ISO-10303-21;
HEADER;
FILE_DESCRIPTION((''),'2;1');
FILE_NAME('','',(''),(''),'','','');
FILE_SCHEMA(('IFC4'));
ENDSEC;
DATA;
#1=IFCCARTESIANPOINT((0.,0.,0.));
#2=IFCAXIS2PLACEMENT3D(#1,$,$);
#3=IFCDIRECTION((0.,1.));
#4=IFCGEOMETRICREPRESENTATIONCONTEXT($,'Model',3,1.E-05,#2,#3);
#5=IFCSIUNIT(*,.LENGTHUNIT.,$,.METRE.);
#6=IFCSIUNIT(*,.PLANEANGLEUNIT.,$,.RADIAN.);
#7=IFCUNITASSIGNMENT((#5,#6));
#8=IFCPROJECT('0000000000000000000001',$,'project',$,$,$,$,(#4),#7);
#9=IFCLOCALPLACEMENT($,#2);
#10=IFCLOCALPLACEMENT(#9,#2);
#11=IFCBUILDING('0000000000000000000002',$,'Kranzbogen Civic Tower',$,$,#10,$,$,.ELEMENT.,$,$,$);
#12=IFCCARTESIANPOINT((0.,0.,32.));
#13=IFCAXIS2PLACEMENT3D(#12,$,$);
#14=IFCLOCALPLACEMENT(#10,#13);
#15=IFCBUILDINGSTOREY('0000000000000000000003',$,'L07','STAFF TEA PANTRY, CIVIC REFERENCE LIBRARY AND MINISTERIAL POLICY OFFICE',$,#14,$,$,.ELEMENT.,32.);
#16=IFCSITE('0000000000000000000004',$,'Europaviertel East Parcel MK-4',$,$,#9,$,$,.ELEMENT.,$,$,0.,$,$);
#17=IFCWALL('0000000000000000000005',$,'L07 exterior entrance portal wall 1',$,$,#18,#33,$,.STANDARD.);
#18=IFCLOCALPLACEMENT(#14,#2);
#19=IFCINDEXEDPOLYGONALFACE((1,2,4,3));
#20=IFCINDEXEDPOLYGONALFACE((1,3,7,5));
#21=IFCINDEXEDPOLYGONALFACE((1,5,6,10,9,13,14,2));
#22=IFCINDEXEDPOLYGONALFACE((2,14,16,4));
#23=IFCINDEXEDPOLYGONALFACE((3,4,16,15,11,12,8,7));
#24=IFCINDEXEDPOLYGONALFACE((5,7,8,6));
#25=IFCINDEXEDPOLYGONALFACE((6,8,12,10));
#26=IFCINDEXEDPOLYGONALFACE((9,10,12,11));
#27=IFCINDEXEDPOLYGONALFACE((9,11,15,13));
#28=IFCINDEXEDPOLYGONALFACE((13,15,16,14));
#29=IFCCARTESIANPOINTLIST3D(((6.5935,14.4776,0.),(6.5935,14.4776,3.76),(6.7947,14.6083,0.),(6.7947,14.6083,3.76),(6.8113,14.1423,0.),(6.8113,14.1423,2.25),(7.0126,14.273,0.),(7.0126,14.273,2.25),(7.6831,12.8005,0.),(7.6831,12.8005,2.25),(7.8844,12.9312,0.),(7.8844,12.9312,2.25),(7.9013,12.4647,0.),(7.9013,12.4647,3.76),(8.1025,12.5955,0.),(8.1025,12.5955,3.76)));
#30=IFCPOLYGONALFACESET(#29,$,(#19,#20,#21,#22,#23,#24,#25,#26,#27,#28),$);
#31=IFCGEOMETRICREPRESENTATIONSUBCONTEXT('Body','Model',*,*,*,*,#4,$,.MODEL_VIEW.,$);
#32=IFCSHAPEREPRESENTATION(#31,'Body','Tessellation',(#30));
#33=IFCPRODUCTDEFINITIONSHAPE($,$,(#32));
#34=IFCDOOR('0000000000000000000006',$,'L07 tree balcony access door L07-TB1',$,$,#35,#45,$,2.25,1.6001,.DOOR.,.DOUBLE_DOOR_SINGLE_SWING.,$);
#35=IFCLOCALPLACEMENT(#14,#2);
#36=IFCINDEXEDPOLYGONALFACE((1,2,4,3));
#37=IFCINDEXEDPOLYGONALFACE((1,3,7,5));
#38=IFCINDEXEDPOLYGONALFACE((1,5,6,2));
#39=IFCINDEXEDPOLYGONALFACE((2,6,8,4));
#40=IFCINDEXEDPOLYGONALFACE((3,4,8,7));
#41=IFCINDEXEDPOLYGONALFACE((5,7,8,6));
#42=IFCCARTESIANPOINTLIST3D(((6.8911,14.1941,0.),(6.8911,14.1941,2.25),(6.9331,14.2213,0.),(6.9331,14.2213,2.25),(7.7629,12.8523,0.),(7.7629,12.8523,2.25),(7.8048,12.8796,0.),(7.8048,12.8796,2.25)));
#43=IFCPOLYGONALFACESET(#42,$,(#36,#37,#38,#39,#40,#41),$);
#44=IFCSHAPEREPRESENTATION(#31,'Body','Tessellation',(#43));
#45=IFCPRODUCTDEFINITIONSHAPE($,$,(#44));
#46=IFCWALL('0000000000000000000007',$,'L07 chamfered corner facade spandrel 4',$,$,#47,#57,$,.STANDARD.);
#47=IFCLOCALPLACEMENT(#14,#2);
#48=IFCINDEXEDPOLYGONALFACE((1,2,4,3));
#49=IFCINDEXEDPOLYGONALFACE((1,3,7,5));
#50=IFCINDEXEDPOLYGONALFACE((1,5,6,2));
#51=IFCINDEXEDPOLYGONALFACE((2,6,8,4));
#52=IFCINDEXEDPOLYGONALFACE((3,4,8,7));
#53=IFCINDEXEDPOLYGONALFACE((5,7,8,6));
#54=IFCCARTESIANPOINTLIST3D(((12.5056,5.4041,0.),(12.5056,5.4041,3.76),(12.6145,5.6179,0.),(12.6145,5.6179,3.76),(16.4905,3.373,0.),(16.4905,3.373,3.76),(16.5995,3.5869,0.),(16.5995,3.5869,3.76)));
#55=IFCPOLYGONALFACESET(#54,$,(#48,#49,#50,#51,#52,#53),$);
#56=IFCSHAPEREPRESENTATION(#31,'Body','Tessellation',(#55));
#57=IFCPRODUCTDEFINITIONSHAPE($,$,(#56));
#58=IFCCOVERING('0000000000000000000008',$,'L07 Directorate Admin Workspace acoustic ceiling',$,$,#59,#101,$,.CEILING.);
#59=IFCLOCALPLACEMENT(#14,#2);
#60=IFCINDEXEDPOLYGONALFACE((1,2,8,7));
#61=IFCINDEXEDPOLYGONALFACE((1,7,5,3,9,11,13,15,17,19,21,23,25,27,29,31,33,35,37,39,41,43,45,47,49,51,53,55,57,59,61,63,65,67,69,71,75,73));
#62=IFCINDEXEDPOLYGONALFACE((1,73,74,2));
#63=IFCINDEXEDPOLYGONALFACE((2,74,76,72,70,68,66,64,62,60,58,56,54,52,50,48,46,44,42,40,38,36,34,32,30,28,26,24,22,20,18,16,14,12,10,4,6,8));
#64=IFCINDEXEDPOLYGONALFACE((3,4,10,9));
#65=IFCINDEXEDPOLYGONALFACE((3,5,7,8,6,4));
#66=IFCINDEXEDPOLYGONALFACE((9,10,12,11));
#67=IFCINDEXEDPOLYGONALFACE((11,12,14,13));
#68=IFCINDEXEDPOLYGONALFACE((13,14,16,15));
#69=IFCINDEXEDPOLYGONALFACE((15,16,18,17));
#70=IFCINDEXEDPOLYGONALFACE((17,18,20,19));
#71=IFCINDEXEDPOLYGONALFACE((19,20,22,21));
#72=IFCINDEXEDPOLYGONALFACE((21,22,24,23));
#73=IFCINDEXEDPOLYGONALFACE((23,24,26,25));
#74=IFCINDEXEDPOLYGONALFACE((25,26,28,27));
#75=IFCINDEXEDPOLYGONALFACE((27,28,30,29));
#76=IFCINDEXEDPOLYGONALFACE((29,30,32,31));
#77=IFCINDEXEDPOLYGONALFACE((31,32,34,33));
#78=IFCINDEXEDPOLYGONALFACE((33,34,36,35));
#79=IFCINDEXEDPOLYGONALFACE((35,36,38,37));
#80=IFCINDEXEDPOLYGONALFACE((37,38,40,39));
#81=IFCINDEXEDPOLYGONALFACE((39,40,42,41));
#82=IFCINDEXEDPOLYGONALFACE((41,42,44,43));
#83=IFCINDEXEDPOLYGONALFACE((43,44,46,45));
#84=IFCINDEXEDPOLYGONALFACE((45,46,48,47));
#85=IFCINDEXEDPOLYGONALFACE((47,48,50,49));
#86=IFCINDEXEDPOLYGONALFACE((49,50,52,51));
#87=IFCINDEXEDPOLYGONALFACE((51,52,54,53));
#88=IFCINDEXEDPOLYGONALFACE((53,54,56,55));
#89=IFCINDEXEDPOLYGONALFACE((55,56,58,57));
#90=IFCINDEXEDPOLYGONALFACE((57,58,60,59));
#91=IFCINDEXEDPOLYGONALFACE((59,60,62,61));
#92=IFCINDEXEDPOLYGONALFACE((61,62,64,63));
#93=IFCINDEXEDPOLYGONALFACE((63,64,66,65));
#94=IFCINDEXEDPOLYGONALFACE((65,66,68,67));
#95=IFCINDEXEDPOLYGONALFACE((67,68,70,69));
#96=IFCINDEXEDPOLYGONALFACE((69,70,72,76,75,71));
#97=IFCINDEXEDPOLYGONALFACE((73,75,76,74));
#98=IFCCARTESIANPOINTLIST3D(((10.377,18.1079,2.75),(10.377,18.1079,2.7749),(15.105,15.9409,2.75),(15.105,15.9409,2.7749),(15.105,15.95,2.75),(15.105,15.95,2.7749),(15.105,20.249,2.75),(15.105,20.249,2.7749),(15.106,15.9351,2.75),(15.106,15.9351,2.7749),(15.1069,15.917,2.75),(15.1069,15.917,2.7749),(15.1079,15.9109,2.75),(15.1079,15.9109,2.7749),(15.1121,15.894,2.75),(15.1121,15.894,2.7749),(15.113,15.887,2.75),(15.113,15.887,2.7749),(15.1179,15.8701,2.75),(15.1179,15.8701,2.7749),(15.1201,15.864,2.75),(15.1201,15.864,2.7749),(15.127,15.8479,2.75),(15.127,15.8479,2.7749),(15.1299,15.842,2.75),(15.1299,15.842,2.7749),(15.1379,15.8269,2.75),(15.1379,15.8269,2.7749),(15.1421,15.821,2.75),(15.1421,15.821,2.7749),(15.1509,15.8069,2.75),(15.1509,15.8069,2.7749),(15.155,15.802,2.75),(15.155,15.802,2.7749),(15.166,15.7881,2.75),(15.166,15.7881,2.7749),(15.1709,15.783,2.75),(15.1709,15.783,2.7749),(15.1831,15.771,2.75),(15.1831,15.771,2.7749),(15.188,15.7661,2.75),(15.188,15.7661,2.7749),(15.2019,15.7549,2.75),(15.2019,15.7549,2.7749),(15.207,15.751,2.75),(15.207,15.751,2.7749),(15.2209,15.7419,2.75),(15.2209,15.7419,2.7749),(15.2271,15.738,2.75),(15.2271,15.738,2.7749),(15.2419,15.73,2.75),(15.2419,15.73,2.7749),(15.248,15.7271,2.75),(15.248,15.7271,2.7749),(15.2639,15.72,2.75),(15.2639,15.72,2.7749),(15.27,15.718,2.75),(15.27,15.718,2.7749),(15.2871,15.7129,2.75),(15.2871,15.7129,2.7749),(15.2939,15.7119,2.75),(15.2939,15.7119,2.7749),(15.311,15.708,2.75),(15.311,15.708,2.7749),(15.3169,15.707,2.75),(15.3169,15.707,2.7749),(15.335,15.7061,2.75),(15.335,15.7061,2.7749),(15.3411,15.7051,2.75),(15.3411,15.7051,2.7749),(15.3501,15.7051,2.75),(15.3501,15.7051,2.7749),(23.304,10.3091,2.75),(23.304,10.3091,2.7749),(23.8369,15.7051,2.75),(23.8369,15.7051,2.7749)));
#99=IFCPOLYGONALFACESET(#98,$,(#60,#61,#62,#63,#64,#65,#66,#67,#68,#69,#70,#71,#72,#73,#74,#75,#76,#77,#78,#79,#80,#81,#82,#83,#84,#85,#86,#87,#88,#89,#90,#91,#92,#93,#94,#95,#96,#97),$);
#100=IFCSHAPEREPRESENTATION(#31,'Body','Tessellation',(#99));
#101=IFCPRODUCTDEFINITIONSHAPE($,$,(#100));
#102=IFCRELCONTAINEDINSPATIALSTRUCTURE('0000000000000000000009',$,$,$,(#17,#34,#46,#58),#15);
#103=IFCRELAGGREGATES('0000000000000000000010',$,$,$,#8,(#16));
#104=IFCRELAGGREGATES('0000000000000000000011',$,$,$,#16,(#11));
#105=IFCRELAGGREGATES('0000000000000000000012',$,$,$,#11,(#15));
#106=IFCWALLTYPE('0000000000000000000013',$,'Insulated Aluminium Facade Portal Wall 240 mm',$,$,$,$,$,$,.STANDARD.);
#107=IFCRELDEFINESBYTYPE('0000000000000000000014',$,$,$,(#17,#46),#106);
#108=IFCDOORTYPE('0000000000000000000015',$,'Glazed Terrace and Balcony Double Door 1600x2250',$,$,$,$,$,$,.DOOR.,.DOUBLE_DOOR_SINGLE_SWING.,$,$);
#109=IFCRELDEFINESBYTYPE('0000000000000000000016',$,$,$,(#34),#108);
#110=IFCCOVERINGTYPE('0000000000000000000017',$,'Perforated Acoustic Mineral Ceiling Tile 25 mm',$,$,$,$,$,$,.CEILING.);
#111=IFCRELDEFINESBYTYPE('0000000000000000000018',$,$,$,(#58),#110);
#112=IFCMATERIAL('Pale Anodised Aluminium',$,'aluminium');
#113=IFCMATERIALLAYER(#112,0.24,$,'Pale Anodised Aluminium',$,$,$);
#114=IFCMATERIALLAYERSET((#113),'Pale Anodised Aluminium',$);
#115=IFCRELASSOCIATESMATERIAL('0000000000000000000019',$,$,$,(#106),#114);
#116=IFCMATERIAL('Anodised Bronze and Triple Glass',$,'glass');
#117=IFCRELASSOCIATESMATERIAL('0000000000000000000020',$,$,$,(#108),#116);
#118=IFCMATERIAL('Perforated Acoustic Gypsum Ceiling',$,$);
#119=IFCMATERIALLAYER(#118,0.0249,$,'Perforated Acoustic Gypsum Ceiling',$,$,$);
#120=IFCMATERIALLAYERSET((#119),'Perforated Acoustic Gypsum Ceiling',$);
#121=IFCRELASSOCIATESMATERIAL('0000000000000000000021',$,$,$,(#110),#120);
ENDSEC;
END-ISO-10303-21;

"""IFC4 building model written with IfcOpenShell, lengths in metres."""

from ifc_helpers import new_model, si_unit, direction, frame, frame_2d, origin, place, context, subcontext, project, spatial, polyline, rectangle, outline, extrude, material, layer, layer_set, type_object, element, fill, save


model = new_model("IFC4")

# Units and contexts
model_context = context("Model", 3, precision=1e-05, world=origin(), true_north=direction((0.0, 1.0)))
body_context = subcontext(model_context, "Body", "Model", "MODEL_VIEW")
ifc_project = project(units=[si_unit("LENGTHUNIT", "METRE"), si_unit("PLANEANGLEUNIT", "RADIAN")], contexts=[model_context])

# Site, building, storey
site_placement = place(None, origin())
site = spatial("IfcSite", under=ifc_project, at=site_placement, Name="Europaviertel East Parcel MK-4", CompositionType="ELEMENT", RefElevation=0.0)
building_placement = place(site_placement, origin())
building = spatial("IfcBuilding", under=site, at=building_placement, Name="Kranzbogen Civic Tower", CompositionType="ELEMENT")
storey_placement = place(building_placement, frame((0.0, 0.0, 32.0)))
storey = spatial("IfcBuildingStorey", under=building, at=storey_placement, Name="L07", Description="STAFF TEA PANTRY, CIVIC REFERENCE LIBRARY AND MINISTERIAL POLICY OFFICE", CompositionType="ELEMENT", Elevation=32.0)

# Shared definitions
ifc_material_1 = material(Name="Pale Anodised Aluminium", Category="aluminium")

# Wall, opening, door
ifc_layer_1 = layer(ifc_material_1, 0.24, Name="Pale Anodised Aluminium")
ifc_layer_set_1 = layer_set([ifc_layer_1], Name="Pale Anodised Aluminium")
wall_type_1 = type_object("IfcWallType", Name="Insulated Aluminium Facade Portal Wall 240 mm", PredefinedType="STANDARD", material=ifc_layer_set_1)
wall_1_placement = place(storey_placement, frame((6.6941, 14.543, 0.0), z_axis=(0.0, 0.0, 1.0), x_axis=(0.544827, -0.838548, 0.0)))
wall_1 = element("IfcWall", 1, at=wall_1_placement, inside=storey, type_object=wall_type_1, Name="L07 exterior entrance portal wall 1", PredefinedType="STANDARD", context=body_context, shape_type="SweptSolid", body=[
    extrude(rectangle(XDim=2.4004, YDim=0.24, at=frame_2d((1.2002, 0.0))), origin(), (0.0, 0.0, 1.0), 3.76),
])
opening_placement = place(wall_1_placement, frame((0.3999, 0.0, 0.0)))
opening = element("IfcOpeningElement", 2, at=opening_placement, cuts=wall_1, PredefinedType="OPENING", context=body_context, shape_type="SweptSolid", body=[
    extrude(rectangle(XDim=1.6001, YDim=2.25, at=frame_2d((0.8, 1.125))), frame((0.0, 0.1299, 0.0), z_axis=(0.0, -1.0, 0.0), x_axis=(1.0, 0.0, 0.0)), (0.0, 0.0, 1.0), 0.26),
])
ifc_material_2 = material(Name="Anodised Bronze and Triple Glass", Category="glass")
door_type = type_object("IfcDoorType", Name="Glazed Terrace and Balcony Double Door 1600x2250", OperationType="DOUBLE_DOOR_SINGLE_SWING", PredefinedType="DOOR", material=ifc_material_2)
door_placement = place(opening_placement, frame((1.6001, 0.0, 0.0), z_axis=(0.0, 0.0, 1.0), x_axis=(-1.0, 0.0, 0.0)))
door = element("IfcDoor", 3, at=door_placement, inside=storey, type_object=door_type, Name="L07 tree balcony access door L07-TB1", OperationType="DOUBLE_DOOR_SINGLE_SWING", OverallHeight=2.25, OverallWidth=1.6001, PredefinedType="DOOR", context=body_context, shape_type="SweptSolid", body=[
    extrude(rectangle(XDim=1.6001, YDim=2.25, at=frame_2d((0.8, 1.125))), frame((0.0, 0.0249, 0.0), z_axis=(0.0, -1.0, 0.0), x_axis=(1.0, 0.0, 0.0)), (0.0, 0.0, 1.0), 0.05),
])
fill(opening, door)

# Wall
wall_2_placement = place(storey_placement, frame((12.5601, 5.511, 0.0), z_axis=(0.0, 0.0, 1.0), x_axis=(0.890951, -0.4541, 0.0)))
element("IfcWall", 4, at=wall_2_placement, inside=storey, type_object=wall_type_1, Name="L07 chamfered corner facade spandrel 4", PredefinedType="STANDARD", context=body_context, shape_type="SweptSolid", body=[
    extrude(rectangle(XDim=4.4727, YDim=0.24, at=frame_2d((2.2363, 0.0))), origin(), (0.0, 0.0, 1.0), 3.76),
])

# Covering
ifc_material_3 = material(Name="Perforated Acoustic Gypsum Ceiling")
ifc_layer_2 = layer(ifc_material_3, 0.0249, Name="Perforated Acoustic Gypsum Ceiling")
ifc_layer_set_2 = layer_set([ifc_layer_2], Name="Perforated Acoustic Gypsum Ceiling")
covering_type = type_object("IfcCoveringType", Name="Perforated Acoustic Mineral Ceiling Tile 25 mm", PredefinedType="CEILING", material=ifc_layer_set_2)
covering_1_placement = place(storey_placement, frame((0.0, 0.0, 2.75)))
element("IfcCovering", 5, at=covering_1_placement, inside=storey, type_object=covering_type, Name="L07 Directorate Admin Workspace acoustic ceiling", PredefinedType="CEILING", context=body_context, shape_type="SweptSolid", body=[
    extrude(outline(polyline([(15.105, 15.95), (15.105, 15.9409), (15.106, 15.9351), (15.1069, 15.917), (15.1079, 15.9109), (15.1121, 15.894), (15.113, 15.887), (15.1179, 15.8701), (15.1201, 15.864), (15.127, 15.8479), (15.1299, 15.842), (15.1379, 15.8269), (15.1421, 15.821), (15.1509, 15.8069), (15.155, 15.802), (15.166, 15.7881), (15.1709, 15.783), (15.1831, 15.771), (15.188, 15.7661), (15.2019, 15.7549), (15.207, 15.751), (15.2209, 15.7419), (15.2271, 15.738), (15.2419, 15.73), (15.248, 15.7271), (15.2639, 15.72), (15.27, 15.718), (15.2871, 15.7129), (15.2939, 15.7119), (15.311, 15.708), (15.3169, 15.707), (15.335, 15.7061), (15.3411, 15.7051), (15.3501, 15.7051), (23.8369, 15.7051), (23.304, 10.3091), (10.377, 18.1079), (15.105, 20.249), (15.105, 15.95)])), origin(), (0.0, 0.0, 1.0), 0.0249),
])

save(model, "model.ifc")
